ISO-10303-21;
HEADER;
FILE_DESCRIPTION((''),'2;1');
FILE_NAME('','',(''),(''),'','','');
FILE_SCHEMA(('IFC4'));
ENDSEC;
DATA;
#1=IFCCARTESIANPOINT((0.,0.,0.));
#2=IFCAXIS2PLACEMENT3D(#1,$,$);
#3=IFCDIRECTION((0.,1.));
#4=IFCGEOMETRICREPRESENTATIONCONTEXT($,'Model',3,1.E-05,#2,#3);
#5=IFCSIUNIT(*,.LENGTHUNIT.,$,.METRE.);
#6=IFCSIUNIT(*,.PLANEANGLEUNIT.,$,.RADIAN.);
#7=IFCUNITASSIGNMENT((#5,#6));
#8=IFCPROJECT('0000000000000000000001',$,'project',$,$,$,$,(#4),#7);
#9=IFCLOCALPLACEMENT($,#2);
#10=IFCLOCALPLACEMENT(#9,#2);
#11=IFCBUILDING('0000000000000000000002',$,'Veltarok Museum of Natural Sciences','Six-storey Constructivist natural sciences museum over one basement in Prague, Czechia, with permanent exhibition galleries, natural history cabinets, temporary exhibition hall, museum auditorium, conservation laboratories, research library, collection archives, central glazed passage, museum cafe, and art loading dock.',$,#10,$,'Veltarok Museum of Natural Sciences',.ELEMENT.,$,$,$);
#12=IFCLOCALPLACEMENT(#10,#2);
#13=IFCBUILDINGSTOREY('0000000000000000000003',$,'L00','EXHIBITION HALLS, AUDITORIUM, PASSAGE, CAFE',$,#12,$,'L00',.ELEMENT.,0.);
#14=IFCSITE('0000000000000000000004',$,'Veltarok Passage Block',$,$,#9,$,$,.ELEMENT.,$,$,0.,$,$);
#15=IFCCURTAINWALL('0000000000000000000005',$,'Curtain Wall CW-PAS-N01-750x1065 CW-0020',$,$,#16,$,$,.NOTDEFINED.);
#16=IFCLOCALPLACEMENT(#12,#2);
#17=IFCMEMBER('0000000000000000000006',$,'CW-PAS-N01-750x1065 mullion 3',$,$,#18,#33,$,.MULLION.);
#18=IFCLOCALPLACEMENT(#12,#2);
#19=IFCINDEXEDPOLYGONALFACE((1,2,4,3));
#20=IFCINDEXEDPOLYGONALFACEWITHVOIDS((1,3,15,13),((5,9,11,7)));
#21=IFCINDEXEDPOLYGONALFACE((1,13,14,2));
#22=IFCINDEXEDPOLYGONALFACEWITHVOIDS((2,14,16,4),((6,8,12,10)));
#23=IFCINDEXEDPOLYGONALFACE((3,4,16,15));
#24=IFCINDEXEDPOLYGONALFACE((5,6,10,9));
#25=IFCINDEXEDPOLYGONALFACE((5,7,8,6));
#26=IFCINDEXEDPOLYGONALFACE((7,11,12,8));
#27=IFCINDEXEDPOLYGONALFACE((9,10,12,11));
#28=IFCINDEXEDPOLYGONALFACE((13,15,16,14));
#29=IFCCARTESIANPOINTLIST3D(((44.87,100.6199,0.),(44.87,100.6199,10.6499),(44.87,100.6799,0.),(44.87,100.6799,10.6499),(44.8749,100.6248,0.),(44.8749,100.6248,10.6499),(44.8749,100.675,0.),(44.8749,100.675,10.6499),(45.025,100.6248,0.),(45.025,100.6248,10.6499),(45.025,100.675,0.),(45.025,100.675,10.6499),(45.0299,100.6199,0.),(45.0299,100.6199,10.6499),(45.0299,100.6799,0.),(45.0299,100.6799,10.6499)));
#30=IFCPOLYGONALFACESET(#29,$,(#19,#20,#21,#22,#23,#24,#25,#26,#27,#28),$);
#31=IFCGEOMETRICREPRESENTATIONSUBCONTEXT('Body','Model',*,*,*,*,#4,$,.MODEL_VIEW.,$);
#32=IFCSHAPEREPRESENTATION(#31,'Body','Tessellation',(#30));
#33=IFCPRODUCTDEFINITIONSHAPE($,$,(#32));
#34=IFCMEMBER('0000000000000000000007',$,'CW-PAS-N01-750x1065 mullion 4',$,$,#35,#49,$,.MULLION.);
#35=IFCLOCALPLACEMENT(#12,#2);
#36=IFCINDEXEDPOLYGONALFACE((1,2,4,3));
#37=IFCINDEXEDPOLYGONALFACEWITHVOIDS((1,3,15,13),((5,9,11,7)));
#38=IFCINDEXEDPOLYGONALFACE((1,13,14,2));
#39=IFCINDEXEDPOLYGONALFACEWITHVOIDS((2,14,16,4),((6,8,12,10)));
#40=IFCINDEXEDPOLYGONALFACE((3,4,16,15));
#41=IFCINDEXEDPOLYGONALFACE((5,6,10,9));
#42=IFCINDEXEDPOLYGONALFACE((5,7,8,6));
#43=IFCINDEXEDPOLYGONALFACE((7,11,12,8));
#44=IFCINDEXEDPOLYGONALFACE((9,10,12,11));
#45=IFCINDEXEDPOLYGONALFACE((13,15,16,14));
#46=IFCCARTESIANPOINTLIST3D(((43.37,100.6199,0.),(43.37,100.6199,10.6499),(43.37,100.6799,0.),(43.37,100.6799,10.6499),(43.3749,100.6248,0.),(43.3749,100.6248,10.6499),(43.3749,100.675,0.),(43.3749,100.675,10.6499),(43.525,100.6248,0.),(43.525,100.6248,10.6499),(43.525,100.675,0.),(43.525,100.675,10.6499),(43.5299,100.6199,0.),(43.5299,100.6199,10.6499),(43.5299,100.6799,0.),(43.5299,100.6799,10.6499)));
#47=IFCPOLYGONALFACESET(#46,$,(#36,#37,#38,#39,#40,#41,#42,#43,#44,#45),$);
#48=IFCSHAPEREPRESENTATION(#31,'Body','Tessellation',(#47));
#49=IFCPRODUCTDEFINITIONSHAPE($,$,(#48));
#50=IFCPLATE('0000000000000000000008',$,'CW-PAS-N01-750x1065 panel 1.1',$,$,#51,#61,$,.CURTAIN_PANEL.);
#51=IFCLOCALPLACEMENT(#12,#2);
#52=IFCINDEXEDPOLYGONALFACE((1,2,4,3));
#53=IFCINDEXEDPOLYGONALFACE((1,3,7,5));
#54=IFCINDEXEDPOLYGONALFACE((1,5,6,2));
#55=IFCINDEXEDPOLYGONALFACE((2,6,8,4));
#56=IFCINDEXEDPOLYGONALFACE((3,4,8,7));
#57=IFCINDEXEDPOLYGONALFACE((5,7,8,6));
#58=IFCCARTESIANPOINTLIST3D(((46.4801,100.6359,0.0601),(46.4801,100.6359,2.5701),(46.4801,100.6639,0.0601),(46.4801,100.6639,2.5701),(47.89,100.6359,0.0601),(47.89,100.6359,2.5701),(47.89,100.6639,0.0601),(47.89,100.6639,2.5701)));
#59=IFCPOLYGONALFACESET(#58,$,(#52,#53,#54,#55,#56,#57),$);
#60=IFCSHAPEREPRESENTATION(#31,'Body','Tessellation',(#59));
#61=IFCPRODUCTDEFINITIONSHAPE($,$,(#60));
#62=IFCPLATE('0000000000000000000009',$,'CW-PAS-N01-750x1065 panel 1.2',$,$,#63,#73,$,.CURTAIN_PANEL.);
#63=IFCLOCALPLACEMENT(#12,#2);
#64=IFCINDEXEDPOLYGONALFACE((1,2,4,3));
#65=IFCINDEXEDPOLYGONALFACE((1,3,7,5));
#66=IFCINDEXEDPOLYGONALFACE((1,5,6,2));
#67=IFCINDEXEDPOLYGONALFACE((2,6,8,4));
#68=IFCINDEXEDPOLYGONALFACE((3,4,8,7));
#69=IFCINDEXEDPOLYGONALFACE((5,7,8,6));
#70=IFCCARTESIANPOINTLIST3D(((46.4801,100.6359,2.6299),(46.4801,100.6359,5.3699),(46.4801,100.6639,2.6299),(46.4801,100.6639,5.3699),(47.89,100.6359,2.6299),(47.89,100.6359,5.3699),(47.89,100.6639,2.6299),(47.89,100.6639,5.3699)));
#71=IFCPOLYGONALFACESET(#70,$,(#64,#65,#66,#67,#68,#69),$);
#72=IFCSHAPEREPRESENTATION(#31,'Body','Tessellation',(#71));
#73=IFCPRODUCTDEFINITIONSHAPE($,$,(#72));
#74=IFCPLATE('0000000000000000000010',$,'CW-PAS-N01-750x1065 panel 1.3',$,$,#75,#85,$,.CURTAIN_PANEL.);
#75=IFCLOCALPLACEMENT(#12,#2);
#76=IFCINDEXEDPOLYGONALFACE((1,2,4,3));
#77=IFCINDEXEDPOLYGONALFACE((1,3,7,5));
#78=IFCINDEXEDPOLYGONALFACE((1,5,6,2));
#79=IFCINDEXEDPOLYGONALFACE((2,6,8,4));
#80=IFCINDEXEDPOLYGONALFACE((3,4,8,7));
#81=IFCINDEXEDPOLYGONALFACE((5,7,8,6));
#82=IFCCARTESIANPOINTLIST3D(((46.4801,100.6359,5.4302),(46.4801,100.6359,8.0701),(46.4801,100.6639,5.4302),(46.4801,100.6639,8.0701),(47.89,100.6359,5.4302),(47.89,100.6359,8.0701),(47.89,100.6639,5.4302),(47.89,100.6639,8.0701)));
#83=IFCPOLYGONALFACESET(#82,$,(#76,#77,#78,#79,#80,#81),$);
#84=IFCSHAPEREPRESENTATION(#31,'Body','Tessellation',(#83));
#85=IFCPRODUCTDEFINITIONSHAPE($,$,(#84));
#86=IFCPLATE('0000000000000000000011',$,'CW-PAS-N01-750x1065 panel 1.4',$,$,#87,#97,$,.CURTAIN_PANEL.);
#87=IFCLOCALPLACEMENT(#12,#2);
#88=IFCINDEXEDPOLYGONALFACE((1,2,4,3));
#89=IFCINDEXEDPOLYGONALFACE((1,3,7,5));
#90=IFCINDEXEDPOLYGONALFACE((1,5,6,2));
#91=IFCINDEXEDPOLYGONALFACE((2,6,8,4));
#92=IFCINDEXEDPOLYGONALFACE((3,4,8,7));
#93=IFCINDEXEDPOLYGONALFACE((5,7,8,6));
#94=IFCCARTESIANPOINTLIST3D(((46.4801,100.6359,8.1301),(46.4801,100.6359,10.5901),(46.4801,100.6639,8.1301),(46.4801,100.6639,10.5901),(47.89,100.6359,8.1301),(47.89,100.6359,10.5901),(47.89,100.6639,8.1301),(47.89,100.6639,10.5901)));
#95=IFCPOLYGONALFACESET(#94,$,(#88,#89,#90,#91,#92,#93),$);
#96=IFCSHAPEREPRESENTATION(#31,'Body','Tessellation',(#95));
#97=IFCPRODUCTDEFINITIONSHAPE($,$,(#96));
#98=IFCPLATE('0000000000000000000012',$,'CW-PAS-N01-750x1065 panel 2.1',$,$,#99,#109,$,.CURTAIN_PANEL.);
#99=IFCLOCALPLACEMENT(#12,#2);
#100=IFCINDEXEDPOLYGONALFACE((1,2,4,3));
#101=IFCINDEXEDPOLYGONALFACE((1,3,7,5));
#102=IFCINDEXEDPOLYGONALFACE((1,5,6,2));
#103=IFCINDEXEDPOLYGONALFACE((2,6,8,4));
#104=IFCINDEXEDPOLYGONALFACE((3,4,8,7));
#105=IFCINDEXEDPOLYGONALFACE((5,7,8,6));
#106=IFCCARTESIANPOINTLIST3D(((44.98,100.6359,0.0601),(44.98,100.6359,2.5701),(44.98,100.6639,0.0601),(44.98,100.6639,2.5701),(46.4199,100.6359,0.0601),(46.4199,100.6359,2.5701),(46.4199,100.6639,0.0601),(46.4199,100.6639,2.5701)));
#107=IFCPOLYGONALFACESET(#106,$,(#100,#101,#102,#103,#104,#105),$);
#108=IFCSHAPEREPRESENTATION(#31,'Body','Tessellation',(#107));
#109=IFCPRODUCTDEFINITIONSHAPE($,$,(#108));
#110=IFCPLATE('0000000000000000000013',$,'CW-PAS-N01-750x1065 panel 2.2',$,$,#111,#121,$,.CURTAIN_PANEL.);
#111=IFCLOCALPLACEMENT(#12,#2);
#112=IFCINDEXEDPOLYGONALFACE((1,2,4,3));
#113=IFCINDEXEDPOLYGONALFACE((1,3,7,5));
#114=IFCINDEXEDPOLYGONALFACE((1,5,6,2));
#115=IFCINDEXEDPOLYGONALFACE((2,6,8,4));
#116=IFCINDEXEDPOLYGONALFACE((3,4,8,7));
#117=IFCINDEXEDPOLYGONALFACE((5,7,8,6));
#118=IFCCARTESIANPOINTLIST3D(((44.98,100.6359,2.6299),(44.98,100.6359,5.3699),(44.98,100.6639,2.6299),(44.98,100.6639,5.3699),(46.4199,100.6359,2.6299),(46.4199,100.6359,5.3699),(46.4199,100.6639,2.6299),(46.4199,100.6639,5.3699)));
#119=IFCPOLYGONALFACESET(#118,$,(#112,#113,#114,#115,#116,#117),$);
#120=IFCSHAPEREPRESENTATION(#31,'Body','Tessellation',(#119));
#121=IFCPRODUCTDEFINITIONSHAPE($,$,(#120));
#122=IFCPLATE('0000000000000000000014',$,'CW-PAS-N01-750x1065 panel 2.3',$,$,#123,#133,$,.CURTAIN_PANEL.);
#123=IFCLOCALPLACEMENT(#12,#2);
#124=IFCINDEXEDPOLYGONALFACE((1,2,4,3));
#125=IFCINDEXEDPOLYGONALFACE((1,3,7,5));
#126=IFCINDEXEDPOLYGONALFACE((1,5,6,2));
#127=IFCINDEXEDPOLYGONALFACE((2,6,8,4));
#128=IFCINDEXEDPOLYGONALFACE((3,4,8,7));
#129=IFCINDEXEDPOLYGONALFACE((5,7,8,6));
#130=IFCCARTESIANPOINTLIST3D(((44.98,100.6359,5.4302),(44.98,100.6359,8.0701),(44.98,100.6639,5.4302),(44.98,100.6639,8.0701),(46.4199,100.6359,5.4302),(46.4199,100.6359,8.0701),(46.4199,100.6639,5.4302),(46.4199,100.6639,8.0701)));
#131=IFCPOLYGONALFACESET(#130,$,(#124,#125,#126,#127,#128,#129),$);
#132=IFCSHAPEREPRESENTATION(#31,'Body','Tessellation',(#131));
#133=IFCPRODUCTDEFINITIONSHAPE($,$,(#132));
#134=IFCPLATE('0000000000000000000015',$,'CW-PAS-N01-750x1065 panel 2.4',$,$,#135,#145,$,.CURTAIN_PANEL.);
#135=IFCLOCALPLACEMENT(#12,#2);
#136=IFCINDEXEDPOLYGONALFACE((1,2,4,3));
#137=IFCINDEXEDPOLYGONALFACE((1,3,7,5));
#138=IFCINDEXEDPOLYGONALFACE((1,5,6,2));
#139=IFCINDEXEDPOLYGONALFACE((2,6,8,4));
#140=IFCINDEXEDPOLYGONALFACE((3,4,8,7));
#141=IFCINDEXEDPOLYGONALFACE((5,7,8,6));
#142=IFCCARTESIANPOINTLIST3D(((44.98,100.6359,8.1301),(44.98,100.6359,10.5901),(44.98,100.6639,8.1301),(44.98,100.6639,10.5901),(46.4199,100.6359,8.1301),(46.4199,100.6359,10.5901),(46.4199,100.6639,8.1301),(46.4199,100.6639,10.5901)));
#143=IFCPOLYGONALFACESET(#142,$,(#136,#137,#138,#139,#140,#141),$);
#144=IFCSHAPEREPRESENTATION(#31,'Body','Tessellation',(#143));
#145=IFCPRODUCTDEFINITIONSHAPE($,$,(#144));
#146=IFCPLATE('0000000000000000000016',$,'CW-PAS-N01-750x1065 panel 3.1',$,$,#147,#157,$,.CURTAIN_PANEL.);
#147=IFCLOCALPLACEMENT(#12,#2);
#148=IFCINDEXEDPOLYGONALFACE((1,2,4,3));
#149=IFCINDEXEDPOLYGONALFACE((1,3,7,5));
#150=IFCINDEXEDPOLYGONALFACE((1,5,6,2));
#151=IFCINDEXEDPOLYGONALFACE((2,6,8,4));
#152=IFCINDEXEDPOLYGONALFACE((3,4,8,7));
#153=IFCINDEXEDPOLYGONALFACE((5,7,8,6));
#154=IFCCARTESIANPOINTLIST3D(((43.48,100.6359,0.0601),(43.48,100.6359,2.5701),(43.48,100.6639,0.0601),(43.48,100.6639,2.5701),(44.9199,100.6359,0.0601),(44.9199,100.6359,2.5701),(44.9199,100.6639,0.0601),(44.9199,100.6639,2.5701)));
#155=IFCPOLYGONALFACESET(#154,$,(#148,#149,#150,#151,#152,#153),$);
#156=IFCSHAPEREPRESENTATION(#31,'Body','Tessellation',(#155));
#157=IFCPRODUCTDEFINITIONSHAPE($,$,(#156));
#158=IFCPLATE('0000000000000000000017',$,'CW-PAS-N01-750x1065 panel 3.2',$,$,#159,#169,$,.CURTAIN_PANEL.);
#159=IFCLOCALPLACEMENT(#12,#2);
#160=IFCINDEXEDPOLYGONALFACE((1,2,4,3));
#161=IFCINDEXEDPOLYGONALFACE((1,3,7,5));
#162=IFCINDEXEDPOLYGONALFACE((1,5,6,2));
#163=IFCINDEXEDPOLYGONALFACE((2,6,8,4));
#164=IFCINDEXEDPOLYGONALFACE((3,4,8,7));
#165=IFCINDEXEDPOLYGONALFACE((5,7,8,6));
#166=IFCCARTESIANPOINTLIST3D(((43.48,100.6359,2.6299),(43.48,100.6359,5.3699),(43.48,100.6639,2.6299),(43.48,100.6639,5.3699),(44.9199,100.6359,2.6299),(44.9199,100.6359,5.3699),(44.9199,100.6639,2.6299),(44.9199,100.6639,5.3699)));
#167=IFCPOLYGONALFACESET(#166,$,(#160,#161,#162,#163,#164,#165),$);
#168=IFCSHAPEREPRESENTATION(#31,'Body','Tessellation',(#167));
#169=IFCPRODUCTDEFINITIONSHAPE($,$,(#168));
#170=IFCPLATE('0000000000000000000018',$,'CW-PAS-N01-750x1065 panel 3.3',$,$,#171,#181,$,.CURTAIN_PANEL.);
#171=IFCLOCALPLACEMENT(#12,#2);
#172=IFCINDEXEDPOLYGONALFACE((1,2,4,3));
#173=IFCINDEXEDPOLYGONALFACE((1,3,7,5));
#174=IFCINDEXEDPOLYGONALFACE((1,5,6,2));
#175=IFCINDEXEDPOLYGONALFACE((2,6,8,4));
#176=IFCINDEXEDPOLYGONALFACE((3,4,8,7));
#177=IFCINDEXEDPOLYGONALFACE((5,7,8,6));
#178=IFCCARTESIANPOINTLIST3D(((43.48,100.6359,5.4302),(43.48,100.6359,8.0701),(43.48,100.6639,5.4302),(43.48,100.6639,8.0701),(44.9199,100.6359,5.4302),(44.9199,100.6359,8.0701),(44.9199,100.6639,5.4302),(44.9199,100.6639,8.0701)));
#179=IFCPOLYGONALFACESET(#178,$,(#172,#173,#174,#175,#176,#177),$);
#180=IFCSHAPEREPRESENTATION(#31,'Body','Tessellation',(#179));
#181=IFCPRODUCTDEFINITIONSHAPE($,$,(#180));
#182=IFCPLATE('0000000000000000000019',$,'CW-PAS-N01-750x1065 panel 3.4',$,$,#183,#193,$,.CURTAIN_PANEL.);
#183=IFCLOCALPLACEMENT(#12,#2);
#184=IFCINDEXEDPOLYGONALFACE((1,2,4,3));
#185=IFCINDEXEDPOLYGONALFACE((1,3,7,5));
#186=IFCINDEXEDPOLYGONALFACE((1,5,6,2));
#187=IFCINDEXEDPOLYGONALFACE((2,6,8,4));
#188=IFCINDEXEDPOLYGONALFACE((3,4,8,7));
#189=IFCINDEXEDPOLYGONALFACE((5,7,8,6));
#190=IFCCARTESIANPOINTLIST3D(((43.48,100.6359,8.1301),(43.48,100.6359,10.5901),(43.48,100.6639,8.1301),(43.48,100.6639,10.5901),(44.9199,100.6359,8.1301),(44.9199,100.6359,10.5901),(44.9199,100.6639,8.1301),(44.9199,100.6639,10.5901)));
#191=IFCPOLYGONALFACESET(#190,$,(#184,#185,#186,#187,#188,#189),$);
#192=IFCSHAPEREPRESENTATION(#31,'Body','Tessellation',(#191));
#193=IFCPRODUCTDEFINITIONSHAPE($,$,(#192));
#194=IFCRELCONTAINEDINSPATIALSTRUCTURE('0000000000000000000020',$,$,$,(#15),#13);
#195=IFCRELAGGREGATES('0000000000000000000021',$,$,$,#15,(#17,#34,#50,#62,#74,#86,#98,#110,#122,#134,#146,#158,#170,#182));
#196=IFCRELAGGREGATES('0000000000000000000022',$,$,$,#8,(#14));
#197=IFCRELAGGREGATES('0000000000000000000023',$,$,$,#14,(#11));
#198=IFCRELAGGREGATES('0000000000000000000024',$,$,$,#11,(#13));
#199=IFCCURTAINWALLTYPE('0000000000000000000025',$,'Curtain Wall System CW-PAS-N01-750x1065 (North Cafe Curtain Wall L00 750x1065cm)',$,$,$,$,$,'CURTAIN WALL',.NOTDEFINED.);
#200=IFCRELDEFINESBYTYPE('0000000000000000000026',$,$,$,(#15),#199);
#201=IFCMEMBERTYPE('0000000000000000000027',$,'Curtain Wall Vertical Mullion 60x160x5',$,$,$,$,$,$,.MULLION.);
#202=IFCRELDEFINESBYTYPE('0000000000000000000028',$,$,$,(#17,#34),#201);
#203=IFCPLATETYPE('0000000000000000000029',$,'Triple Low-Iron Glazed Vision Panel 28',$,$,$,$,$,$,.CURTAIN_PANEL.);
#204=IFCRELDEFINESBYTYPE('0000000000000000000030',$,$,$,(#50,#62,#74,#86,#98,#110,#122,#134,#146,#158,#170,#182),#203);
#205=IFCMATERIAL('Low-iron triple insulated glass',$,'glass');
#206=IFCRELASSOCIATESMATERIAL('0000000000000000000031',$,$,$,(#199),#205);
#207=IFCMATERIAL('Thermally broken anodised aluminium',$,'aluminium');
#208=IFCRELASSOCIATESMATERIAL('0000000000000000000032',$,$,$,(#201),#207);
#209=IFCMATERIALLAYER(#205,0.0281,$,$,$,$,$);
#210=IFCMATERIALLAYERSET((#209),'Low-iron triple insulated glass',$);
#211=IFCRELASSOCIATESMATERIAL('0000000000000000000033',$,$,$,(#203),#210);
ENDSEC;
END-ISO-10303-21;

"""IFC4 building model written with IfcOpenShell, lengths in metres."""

from ifc_helpers import new_model, si_unit, direction, frame, origin, origin_2d, place, context, subcontext, project, spatial, rectangle, hollow_rectangle, extrude, material, layer, layer_set, material_profile, profile_set, type_object, element, aggregate, save


model = new_model("IFC4")

# Units and contexts
model_context = context("Model", 3, precision=1e-05, world=origin(), true_north=direction((0.0, 1.0)))
body_context = subcontext(model_context, "Body", "Model", "MODEL_VIEW")
ifc_project = project(units=[si_unit("LENGTHUNIT", "METRE"), si_unit("PLANEANGLEUNIT", "RADIAN")], contexts=[model_context])

# Site, building, storey
site_placement = place(None, origin())
site = spatial("IfcSite", under=ifc_project, at=site_placement, Name="Veltarok Passage Block", CompositionType="ELEMENT", RefElevation=0.0)
building_placement = place(site_placement, origin())
building = spatial("IfcBuilding", under=site, at=building_placement, Name="Veltarok Museum of Natural Sciences", Description="Six-storey Constructivist natural sciences museum over one basement in Prague, Czechia, with permanent exhibition galleries, natural history cabinets, temporary exhibition hall, museum auditorium, conservation laboratories, research library, collection archives, central glazed passage, museum cafe, and art loading dock.", LongName="Veltarok Museum of Natural Sciences", CompositionType="ELEMENT")
storey_placement = place(building_placement, origin())
storey = spatial("IfcBuildingStorey", under=building, at=storey_placement, Name="L00", Description="EXHIBITION HALLS, AUDITORIUM, PASSAGE, CAFE", LongName="L00", CompositionType="ELEMENT", Elevation=0.0)

# Curtain wall, members, plates
ifc_material_1 = material(Name="Low-iron triple insulated glass", Category="glass")
curtain_wall_type = type_object("IfcCurtainWallType", Name="Curtain Wall System CW-PAS-N01-750x1065 (North Cafe Curtain Wall L00 750x1065cm)", ElementType="CURTAIN WALL", PredefinedType="NOTDEFINED", material=ifc_material_1)
curtain_wall_placement = place(storey_placement, origin())
curtain_wall = element("IfcCurtainWall", 1, at=curtain_wall_placement, inside=storey, type_object=curtain_wall_type, Name="Curtain Wall CW-PAS-N01-750x1065 CW-0020", PredefinedType="NOTDEFINED")
ifc_material_2 = material(Name="Thermally broken anodised aluminium", Category="aluminium")
ifc_material_profile_1 = material_profile(ifc_material_2, hollow_rectangle(XDim=0.0601, YDim=0.1599, WallThickness=0.0049, at=origin_2d()), Name="CW MULLION 60x160x5")
ifc_profile_set_1 = profile_set([ifc_material_profile_1], Name="Thermally broken anodised aluminium")
member_type_1 = type_object("IfcMemberType", Name="Curtain Wall Vertical Mullion 60x160x5", PredefinedType="MULLION", material=ifc_profile_set_1)
member_1_placement = place(storey_placement, frame((44.95, 100.6499, 0.0), z_axis=(0.0, 0.0, 1.0), x_axis=(0.0, -1.0, 0.0)))
member_1 = element("IfcMember", 2, at=member_1_placement, type_object=member_type_1, Name="CW-PAS-N01-750x1065 mullion 3", PredefinedType="MULLION", context=body_context, shape_type="SweptSolid", body=[
    extrude(hollow_rectangle(XDim=0.0601, YDim=0.1599, WallThickness=0.0049, at=origin_2d()), origin(), (0.0, 0.0, 1.0), 10.6499),
])
member_2_placement = place(storey_placement, frame((43.45, 100.6499, 0.0), z_axis=(0.0, 0.0, 1.0), x_axis=(0.0, -1.0, 0.0)))
member_2 = element("IfcMember", 3, at=member_2_placement, type_object=member_type_1, Name="CW-PAS-N01-750x1065 mullion 4", PredefinedType="MULLION", context=body_context, shape_type="SweptSolid", body=[
    extrude(hollow_rectangle(XDim=0.0601, YDim=0.1599, WallThickness=0.0049, at=origin_2d()), origin(), (0.0, 0.0, 1.0), 10.6499),
])
ifc_layer = layer(ifc_material_1, 0.0281)
ifc_layer_set = layer_set([ifc_layer], Name="Low-iron triple insulated glass")
plate_type = type_object("IfcPlateType", Name="Triple Low-Iron Glazed Vision Panel 28", PredefinedType="CURTAIN_PANEL", material=ifc_layer_set)
plate_1_placement = place(storey_placement, frame((47.1851, 100.6499, 0.0601), z_axis=(0.0, 0.0, 1.0), x_axis=(-1.0, 0.0, 0.0)))
plate_1 = element("IfcPlate", 4, at=plate_1_placement, type_object=plate_type, Name="CW-PAS-N01-750x1065 panel 1.1", PredefinedType="CURTAIN_PANEL", context=body_context, shape_type="SweptSolid", body=[
    extrude(rectangle(XDim=1.4099, YDim=0.0281, at=origin_2d()), origin(), (0.0, 0.0, 1.0), 2.51),
])
plate_2_placement = place(storey_placement, frame((47.1851, 100.6499, 2.6299), z_axis=(0.0, 0.0, 1.0), x_axis=(-1.0, 0.0, 0.0)))
plate_2 = element("IfcPlate", 5, at=plate_2_placement, type_object=plate_type, Name="CW-PAS-N01-750x1065 panel 1.2", PredefinedType="CURTAIN_PANEL", context=body_context, shape_type="SweptSolid", body=[
    extrude(rectangle(XDim=1.4099, YDim=0.0281, at=origin_2d()), origin(), (0.0, 0.0, 1.0), 2.74),
])
plate_3_placement = place(storey_placement, frame((47.1851, 100.6499, 5.4302), z_axis=(0.0, 0.0, 1.0), x_axis=(-1.0, 0.0, 0.0)))
plate_3 = element("IfcPlate", 6, at=plate_3_placement, type_object=plate_type, Name="CW-PAS-N01-750x1065 panel 1.3", PredefinedType="CURTAIN_PANEL", context=body_context, shape_type="SweptSolid", body=[
    extrude(rectangle(XDim=1.4099, YDim=0.0281, at=origin_2d()), origin(), (0.0, 0.0, 1.0), 2.6399),
])
plate_4_placement = place(storey_placement, frame((47.1851, 100.6499, 8.1301), z_axis=(0.0, 0.0, 1.0), x_axis=(-1.0, 0.0, 0.0)))
plate_4 = element("IfcPlate", 7, at=plate_4_placement, type_object=plate_type, Name="CW-PAS-N01-750x1065 panel 1.4", PredefinedType="CURTAIN_PANEL", context=body_context, shape_type="SweptSolid", body=[
    extrude(rectangle(XDim=1.4099, YDim=0.0281, at=origin_2d()), origin(), (0.0, 0.0, 1.0), 2.46),
])
plate_5_placement = place(storey_placement, frame((45.7, 100.6499, 0.0601), z_axis=(0.0, 0.0, 1.0), x_axis=(-1.0, 0.0, 0.0)))
plate_5 = element("IfcPlate", 8, at=plate_5_placement, type_object=plate_type, Name="CW-PAS-N01-750x1065 panel 2.1", PredefinedType="CURTAIN_PANEL", context=body_context, shape_type="SweptSolid", body=[
    extrude(rectangle(XDim=1.4399, YDim=0.0281, at=origin_2d()), origin(), (0.0, 0.0, 1.0), 2.51),
])
plate_6_placement = place(storey_placement, frame((45.7, 100.6499, 2.6299), z_axis=(0.0, 0.0, 1.0), x_axis=(-1.0, 0.0, 0.0)))
plate_6 = element("IfcPlate", 9, at=plate_6_placement, type_object=plate_type, Name="CW-PAS-N01-750x1065 panel 2.2", PredefinedType="CURTAIN_PANEL", context=body_context, shape_type="SweptSolid", body=[
    extrude(rectangle(XDim=1.4399, YDim=0.0281, at=origin_2d()), origin(), (0.0, 0.0, 1.0), 2.74),
])
plate_7_placement = place(storey_placement, frame((45.7, 100.6499, 5.4302), z_axis=(0.0, 0.0, 1.0), x_axis=(-1.0, 0.0, 0.0)))
plate_7 = element("IfcPlate", 10, at=plate_7_placement, type_object=plate_type, Name="CW-PAS-N01-750x1065 panel 2.3", PredefinedType="CURTAIN_PANEL", context=body_context, shape_type="SweptSolid", body=[
    extrude(rectangle(XDim=1.4399, YDim=0.0281, at=origin_2d()), origin(), (0.0, 0.0, 1.0), 2.6399),
])
plate_8_placement = place(storey_placement, frame((45.7, 100.6499, 8.1301), z_axis=(0.0, 0.0, 1.0), x_axis=(-1.0, 0.0, 0.0)))
plate_8 = element("IfcPlate", 11, at=plate_8_placement, type_object=plate_type, Name="CW-PAS-N01-750x1065 panel 2.4", PredefinedType="CURTAIN_PANEL", context=body_context, shape_type="SweptSolid", body=[
    extrude(rectangle(XDim=1.4399, YDim=0.0281, at=origin_2d()), origin(), (0.0, 0.0, 1.0), 2.46),
])
plate_9_placement = place(storey_placement, frame((44.2, 100.6499, 0.0601), z_axis=(0.0, 0.0, 1.0), x_axis=(-1.0, 0.0, 0.0)))
plate_9 = element("IfcPlate", 12, at=plate_9_placement, type_object=plate_type, Name="CW-PAS-N01-750x1065 panel 3.1", PredefinedType="CURTAIN_PANEL", context=body_context, shape_type="SweptSolid", body=[
    extrude(rectangle(XDim=1.4399, YDim=0.0281, at=origin_2d()), origin(), (0.0, 0.0, 1.0), 2.51),
])
plate_10_placement = place(storey_placement, frame((44.2, 100.6499, 2.6299), z_axis=(0.0, 0.0, 1.0), x_axis=(-1.0, 0.0, 0.0)))
plate_10 = element("IfcPlate", 13, at=plate_10_placement, type_object=plate_type, Name="CW-PAS-N01-750x1065 panel 3.2", PredefinedType="CURTAIN_PANEL", context=body_context, shape_type="SweptSolid", body=[
    extrude(rectangle(XDim=1.4399, YDim=0.0281, at=origin_2d()), origin(), (0.0, 0.0, 1.0), 2.74),
])
plate_11_placement = place(storey_placement, frame((44.2, 100.6499, 5.4302), z_axis=(0.0, 0.0, 1.0), x_axis=(-1.0, 0.0, 0.0)))
plate_11 = element("IfcPlate", 14, at=plate_11_placement, type_object=plate_type, Name="CW-PAS-N01-750x1065 panel 3.3", PredefinedType="CURTAIN_PANEL", context=body_context, shape_type="SweptSolid", body=[
    extrude(rectangle(XDim=1.4399, YDim=0.0281, at=origin_2d()), origin(), (0.0, 0.0, 1.0), 2.6399),
])
plate_12_placement = place(storey_placement, frame((44.2, 100.6499, 8.1301), z_axis=(0.0, 0.0, 1.0), x_axis=(-1.0, 0.0, 0.0)))
plate_12 = element("IfcPlate", 15, at=plate_12_placement, type_object=plate_type, Name="CW-PAS-N01-750x1065 panel 3.4", PredefinedType="CURTAIN_PANEL", context=body_context, shape_type="SweptSolid", body=[
    extrude(rectangle(XDim=1.4399, YDim=0.0281, at=origin_2d()), origin(), (0.0, 0.0, 1.0), 2.46),
])
aggregate(curtain_wall, [member_1, member_2, plate_1, plate_2, plate_3, plate_4, plate_5, plate_6, plate_7, plate_8, plate_9, plate_10, plate_11, plate_12])

save(model, "model.ifc")
